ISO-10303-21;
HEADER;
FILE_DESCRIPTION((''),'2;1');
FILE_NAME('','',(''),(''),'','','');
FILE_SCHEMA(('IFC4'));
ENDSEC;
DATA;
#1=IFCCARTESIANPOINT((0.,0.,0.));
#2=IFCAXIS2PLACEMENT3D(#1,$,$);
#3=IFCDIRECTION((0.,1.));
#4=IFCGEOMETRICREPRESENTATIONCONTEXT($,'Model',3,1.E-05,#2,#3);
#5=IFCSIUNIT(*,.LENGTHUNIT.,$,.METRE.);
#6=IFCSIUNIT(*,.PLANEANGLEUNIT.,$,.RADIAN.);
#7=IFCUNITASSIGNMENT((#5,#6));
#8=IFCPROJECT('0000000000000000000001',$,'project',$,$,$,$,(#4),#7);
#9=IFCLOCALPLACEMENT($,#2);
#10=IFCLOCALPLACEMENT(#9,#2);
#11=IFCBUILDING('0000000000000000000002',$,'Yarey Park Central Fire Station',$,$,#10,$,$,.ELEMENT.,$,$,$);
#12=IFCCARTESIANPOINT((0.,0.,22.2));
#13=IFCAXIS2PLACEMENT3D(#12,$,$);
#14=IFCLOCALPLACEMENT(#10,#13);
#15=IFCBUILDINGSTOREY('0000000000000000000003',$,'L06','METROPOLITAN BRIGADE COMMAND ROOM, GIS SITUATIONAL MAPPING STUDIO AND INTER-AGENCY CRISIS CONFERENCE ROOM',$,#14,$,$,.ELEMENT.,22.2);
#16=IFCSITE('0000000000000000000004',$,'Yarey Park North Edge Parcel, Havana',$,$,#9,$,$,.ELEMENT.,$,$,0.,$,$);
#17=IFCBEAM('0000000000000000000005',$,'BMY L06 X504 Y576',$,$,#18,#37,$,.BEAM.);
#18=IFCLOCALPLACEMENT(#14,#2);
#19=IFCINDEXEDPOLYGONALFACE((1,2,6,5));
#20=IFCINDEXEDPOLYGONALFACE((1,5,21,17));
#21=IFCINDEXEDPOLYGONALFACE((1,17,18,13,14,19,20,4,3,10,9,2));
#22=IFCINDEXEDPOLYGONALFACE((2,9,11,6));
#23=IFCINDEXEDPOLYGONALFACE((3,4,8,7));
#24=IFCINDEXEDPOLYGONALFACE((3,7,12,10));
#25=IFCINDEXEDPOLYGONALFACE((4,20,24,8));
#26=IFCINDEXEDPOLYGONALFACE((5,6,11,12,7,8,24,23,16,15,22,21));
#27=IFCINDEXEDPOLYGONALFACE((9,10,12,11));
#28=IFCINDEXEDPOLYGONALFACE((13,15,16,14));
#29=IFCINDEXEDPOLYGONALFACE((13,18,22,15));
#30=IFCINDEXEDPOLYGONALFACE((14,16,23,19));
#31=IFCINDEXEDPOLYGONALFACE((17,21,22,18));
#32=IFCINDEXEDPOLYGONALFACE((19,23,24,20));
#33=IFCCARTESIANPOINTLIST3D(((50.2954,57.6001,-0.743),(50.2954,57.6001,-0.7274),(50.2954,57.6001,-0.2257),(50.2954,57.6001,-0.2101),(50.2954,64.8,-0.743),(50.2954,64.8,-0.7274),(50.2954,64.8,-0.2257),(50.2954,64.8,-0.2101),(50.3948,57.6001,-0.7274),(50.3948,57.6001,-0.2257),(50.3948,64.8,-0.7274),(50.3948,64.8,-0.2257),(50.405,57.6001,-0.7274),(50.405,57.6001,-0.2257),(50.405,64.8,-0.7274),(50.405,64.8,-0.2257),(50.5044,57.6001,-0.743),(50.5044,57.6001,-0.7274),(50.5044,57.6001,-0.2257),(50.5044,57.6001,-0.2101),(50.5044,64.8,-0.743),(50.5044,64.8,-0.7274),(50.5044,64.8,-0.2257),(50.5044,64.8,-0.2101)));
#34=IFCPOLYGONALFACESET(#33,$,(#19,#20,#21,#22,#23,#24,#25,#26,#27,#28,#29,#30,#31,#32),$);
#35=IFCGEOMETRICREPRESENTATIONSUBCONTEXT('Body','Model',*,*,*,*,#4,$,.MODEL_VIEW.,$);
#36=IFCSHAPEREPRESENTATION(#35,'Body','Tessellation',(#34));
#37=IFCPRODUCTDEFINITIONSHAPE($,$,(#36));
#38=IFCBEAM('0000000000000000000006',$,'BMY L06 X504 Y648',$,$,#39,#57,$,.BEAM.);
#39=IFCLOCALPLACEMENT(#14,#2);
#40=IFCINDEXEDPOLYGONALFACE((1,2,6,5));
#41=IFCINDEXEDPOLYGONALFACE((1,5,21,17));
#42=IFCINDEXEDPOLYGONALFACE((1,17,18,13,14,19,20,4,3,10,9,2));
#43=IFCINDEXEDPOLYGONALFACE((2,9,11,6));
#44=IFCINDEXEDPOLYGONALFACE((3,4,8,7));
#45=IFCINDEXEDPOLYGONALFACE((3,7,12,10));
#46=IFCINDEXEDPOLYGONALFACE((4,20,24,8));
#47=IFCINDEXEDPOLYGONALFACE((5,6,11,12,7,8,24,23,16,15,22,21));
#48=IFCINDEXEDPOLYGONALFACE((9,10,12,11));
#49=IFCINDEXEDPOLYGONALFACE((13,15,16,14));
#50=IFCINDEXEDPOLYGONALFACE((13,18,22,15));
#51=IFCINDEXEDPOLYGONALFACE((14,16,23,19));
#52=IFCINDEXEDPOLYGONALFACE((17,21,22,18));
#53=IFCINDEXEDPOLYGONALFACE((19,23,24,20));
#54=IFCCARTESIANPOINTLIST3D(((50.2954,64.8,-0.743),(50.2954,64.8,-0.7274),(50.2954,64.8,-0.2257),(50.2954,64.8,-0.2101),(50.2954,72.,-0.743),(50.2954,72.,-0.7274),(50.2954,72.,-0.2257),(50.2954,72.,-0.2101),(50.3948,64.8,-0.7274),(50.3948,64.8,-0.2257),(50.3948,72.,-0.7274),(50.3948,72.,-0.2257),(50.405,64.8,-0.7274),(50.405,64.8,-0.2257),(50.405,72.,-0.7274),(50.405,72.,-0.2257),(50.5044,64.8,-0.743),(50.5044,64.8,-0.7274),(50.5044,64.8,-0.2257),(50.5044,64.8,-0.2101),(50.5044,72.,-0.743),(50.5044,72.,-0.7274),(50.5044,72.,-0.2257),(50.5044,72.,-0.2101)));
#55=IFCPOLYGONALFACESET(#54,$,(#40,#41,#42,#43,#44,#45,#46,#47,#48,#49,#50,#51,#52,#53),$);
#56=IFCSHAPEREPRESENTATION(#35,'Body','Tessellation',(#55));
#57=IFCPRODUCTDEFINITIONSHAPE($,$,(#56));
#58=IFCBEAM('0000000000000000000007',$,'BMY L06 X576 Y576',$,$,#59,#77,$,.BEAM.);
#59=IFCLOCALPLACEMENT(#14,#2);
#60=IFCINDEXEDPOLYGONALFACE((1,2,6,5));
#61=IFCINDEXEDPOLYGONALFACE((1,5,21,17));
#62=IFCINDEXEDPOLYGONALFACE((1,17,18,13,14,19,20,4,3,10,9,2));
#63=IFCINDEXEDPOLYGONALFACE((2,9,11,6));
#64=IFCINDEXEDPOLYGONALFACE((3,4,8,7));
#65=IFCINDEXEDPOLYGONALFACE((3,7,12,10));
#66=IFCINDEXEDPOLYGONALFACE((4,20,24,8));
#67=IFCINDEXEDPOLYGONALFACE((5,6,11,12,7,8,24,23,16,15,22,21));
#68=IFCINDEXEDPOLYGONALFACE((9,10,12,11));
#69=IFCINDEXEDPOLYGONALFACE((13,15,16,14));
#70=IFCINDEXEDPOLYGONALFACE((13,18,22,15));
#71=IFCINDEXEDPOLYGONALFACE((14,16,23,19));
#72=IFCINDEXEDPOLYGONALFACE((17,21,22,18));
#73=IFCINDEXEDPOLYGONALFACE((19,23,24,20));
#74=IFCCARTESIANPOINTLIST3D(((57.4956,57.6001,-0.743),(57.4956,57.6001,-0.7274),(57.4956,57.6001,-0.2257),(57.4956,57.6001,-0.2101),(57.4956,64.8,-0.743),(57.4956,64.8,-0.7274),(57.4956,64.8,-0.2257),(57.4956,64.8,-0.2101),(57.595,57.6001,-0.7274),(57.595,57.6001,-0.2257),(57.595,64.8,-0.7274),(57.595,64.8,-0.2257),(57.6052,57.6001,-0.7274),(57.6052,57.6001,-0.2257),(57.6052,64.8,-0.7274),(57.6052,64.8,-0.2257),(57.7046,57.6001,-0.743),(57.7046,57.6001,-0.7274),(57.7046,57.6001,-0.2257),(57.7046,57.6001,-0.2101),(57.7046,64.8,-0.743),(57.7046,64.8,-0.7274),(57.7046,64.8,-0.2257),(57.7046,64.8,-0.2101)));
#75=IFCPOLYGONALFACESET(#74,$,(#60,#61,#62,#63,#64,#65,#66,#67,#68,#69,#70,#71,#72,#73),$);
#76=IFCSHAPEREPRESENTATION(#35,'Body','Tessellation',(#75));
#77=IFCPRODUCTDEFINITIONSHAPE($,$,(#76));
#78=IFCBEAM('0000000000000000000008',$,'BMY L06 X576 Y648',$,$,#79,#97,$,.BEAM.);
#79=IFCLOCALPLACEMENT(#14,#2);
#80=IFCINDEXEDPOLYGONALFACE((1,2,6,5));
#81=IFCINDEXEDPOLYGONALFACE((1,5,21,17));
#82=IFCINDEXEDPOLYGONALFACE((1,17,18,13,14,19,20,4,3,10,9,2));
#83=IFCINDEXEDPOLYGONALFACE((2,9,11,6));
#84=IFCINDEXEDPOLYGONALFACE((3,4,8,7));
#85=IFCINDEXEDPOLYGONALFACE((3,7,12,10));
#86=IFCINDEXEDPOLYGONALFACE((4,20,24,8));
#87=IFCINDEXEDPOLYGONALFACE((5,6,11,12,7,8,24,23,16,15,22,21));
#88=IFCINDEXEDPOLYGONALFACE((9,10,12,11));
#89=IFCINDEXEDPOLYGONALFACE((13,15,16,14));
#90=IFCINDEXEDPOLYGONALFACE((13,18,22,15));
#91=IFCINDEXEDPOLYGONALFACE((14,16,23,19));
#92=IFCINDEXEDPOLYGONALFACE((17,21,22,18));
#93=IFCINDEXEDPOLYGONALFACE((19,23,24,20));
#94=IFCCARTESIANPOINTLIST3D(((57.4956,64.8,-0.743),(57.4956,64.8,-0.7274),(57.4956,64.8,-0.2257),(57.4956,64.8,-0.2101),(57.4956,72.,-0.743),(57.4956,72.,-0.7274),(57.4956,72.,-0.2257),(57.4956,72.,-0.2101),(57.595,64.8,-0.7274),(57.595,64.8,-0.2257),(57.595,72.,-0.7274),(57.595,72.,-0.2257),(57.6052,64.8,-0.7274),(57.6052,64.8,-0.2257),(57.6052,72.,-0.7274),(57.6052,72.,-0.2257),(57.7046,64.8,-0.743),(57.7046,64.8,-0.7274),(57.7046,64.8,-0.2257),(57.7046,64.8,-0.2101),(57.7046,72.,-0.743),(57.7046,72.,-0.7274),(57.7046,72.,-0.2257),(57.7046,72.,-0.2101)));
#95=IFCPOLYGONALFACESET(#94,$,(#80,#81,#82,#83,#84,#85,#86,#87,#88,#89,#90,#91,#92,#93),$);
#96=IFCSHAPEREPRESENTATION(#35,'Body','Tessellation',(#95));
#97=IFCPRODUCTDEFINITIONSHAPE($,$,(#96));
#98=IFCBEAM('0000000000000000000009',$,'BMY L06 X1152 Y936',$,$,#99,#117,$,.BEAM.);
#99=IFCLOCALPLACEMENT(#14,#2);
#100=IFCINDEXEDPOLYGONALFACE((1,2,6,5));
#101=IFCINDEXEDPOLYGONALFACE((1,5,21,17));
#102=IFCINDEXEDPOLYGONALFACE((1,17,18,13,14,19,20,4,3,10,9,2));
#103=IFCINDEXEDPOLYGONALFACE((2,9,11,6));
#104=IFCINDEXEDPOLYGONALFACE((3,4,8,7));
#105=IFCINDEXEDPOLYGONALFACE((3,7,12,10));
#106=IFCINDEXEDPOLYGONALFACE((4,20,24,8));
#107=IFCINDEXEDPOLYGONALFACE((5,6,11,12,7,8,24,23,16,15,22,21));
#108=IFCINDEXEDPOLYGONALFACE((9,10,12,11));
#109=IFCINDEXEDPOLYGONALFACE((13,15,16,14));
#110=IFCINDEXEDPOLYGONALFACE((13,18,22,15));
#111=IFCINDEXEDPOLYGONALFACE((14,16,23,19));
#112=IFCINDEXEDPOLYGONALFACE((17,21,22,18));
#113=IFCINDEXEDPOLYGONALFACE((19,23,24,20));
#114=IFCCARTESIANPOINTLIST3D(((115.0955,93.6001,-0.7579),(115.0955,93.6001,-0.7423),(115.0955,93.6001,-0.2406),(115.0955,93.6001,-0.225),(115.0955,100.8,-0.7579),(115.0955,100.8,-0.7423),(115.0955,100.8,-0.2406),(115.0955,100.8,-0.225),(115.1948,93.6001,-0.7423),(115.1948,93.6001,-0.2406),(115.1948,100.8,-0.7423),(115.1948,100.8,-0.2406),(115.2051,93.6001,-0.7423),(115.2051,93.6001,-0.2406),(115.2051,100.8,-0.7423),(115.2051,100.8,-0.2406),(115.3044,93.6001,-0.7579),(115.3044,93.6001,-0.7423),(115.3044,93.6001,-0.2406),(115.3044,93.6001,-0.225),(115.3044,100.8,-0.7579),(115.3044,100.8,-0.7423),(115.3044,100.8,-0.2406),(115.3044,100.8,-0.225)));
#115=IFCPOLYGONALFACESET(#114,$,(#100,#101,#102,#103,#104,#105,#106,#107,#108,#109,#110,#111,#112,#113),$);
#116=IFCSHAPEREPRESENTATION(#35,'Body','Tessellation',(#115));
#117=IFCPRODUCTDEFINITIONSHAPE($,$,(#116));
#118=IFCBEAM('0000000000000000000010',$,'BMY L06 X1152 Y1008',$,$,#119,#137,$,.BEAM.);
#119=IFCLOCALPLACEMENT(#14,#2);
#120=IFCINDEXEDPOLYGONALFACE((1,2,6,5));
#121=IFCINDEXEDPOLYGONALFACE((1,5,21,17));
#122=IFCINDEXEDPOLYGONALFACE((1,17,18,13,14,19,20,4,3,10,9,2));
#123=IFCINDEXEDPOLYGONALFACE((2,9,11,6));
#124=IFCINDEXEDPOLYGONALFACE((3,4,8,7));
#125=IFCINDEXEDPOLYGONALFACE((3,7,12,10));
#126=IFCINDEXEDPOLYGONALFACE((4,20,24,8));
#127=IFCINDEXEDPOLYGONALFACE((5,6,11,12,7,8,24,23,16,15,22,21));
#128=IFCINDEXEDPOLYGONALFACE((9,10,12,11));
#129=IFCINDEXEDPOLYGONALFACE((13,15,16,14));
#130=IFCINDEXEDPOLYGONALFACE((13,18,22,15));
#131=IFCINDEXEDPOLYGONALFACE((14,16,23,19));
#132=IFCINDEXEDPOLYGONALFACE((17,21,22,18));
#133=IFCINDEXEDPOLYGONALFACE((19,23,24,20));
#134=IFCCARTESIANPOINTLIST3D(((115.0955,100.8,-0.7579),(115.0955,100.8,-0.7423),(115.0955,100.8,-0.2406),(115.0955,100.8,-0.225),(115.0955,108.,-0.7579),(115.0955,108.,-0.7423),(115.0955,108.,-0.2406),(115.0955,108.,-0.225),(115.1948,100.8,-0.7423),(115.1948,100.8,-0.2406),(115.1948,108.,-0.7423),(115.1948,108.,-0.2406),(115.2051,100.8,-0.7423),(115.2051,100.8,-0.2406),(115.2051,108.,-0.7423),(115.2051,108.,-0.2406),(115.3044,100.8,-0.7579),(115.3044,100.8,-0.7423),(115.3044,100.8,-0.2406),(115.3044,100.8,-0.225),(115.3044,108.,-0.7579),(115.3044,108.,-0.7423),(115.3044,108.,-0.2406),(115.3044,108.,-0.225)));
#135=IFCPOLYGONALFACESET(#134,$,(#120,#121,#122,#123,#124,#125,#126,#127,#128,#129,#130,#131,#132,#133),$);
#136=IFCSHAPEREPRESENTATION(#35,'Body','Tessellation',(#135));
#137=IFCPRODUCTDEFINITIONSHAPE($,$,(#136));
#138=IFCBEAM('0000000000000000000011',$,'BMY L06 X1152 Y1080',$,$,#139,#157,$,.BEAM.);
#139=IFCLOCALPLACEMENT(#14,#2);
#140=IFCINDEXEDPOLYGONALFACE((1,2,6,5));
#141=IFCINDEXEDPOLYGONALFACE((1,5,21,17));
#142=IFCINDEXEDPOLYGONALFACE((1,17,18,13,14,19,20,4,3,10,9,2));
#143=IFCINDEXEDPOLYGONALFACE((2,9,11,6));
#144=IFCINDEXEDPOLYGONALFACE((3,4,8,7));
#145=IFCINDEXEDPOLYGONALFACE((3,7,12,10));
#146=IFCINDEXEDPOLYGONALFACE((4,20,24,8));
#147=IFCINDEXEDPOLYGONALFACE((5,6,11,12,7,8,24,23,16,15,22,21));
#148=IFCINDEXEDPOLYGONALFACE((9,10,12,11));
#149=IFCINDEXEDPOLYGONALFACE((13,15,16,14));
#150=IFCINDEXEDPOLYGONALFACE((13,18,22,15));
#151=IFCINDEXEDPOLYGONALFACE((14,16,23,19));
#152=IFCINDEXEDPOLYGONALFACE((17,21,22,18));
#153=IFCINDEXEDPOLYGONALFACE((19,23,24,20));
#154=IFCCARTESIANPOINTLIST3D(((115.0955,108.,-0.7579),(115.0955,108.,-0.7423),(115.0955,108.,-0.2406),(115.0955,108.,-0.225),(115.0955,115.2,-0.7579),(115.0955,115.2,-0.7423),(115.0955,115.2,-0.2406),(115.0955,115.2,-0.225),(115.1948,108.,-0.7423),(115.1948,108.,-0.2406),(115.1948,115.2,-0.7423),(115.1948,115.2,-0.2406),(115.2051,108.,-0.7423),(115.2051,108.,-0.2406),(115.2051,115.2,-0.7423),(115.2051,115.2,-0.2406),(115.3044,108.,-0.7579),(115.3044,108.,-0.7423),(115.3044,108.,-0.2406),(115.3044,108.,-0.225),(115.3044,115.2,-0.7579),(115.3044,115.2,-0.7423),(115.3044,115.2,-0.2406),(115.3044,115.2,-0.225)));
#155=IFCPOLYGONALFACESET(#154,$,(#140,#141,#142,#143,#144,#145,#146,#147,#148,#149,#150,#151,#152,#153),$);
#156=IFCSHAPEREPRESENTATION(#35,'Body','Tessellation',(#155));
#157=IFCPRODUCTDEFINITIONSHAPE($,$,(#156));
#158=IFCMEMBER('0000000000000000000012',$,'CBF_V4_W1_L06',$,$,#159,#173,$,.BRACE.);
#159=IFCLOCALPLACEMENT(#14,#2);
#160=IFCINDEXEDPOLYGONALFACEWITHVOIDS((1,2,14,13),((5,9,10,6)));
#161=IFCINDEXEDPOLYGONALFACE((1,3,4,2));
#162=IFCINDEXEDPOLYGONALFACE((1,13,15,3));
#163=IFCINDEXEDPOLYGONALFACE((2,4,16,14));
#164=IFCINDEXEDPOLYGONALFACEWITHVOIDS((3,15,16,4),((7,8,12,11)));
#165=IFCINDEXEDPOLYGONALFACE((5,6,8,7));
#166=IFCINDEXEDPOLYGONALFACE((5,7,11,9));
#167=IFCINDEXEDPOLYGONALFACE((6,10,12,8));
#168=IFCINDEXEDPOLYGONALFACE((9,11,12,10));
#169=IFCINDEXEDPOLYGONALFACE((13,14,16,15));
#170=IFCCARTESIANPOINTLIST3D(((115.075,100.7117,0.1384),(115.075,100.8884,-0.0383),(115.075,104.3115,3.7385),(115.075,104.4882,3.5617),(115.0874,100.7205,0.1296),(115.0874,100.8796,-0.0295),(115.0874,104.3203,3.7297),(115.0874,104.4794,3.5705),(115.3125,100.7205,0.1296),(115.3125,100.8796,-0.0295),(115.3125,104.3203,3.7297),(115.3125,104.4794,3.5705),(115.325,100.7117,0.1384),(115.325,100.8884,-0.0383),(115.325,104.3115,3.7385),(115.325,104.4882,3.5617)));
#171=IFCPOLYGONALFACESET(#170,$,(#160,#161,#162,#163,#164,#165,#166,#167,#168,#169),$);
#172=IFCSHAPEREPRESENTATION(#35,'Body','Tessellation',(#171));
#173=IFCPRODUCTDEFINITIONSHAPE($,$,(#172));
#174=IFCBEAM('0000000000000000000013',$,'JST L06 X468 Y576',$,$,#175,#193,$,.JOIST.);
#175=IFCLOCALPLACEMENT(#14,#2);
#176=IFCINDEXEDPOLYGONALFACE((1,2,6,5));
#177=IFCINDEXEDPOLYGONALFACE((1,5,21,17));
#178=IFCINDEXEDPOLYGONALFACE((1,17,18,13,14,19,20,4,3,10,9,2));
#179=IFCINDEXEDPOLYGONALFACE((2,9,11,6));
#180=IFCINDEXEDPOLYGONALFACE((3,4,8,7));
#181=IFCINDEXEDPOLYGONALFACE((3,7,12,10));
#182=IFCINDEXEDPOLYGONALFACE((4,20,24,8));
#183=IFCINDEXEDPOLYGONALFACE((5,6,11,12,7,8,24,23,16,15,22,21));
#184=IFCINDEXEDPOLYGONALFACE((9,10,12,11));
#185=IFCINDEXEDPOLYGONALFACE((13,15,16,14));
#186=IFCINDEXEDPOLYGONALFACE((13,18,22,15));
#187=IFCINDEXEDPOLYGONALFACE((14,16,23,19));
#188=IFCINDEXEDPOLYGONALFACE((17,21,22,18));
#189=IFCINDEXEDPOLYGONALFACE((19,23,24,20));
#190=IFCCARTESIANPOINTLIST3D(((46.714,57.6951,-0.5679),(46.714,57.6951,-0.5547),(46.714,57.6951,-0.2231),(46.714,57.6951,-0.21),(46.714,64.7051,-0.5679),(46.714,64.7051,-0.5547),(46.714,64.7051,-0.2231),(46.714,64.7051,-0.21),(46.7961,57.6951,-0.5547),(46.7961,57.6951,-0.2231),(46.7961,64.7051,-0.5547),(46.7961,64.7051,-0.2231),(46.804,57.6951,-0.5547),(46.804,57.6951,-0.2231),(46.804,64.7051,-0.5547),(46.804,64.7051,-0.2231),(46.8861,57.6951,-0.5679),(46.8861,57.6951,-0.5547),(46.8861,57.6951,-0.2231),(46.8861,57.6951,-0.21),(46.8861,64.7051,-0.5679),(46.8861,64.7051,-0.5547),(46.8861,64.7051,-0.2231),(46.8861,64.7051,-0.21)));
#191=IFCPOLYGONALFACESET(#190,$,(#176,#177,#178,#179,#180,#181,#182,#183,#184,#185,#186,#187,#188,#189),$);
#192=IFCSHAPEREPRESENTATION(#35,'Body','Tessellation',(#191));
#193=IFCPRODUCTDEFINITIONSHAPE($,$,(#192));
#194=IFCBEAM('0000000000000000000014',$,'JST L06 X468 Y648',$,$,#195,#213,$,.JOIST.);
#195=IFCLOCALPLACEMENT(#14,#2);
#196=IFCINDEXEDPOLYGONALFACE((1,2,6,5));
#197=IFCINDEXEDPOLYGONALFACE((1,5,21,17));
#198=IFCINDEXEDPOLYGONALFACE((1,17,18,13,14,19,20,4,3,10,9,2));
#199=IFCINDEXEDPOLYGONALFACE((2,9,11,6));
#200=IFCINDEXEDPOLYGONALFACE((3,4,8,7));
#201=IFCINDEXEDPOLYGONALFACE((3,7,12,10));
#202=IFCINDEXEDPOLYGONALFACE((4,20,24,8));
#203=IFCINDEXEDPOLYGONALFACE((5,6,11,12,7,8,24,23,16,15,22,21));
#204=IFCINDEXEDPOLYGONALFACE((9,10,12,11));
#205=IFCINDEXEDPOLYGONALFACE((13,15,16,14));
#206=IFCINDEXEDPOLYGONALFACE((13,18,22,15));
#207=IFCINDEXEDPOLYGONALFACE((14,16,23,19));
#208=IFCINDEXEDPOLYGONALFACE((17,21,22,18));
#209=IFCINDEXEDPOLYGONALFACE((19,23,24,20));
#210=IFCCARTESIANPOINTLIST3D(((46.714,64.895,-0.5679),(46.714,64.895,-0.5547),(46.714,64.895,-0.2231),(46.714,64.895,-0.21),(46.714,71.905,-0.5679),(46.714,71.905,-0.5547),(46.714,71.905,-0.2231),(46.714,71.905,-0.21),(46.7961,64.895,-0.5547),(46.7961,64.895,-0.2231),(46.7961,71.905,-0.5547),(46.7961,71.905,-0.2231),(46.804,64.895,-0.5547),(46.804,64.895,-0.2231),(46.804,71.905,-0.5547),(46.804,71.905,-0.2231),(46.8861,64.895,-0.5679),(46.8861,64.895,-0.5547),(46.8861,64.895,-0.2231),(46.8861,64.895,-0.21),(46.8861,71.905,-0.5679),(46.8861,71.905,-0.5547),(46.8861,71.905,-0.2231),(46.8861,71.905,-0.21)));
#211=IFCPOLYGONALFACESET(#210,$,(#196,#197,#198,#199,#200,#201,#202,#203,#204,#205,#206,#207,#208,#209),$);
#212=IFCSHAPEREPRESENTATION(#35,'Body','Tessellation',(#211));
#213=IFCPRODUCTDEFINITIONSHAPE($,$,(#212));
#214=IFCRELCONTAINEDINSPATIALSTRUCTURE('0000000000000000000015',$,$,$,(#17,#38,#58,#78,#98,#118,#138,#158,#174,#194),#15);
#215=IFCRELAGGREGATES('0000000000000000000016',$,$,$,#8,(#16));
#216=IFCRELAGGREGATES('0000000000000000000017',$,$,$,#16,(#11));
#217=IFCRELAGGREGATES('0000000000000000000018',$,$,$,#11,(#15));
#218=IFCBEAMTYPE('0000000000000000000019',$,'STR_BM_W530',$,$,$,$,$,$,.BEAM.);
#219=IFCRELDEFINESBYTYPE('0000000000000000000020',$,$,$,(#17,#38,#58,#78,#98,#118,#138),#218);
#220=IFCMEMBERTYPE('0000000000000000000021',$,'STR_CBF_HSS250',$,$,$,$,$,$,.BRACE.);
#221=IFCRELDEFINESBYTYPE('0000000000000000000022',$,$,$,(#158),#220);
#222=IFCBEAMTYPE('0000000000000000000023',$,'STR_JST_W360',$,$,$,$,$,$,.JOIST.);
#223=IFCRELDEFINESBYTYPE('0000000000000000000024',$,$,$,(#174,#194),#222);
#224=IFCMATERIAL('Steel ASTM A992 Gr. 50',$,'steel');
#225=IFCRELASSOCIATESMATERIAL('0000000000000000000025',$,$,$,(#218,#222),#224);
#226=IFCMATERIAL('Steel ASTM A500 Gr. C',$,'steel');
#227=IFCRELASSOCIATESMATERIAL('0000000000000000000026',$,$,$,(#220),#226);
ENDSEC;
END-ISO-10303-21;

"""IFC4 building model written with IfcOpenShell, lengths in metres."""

from ifc_helpers import new_model, si_unit, direction, frame, origin, origin_2d, place, context, subcontext, project, spatial, hollow_rectangle, i_section, extrude, material, material_profile, profile_set, type_object, element, save


model = new_model("IFC4")

# Units and contexts
model_context = context("Model", 3, precision=1e-05, world=origin(), true_north=direction((0.0, 1.0)))
body_context = subcontext(model_context, "Body", "Model", "MODEL_VIEW")
ifc_project = project(units=[si_unit("LENGTHUNIT", "METRE"), si_unit("PLANEANGLEUNIT", "RADIAN")], contexts=[model_context])

# Site, building, storey
site_placement = place(None, origin())
site = spatial("IfcSite", under=ifc_project, at=site_placement, Name="Yarey Park North Edge Parcel, Havana", CompositionType="ELEMENT", RefElevation=0.0)
building_placement = place(site_placement, origin())
building = spatial("IfcBuilding", under=site, at=building_placement, Name="Yarey Park Central Fire Station", CompositionType="ELEMENT")
storey_placement = place(building_placement, frame((0.0, 0.0, 22.2)))
storey = spatial("IfcBuildingStorey", under=building, at=storey_placement, Name="L06", Description="METROPOLITAN BRIGADE COMMAND ROOM, GIS SITUATIONAL MAPPING STUDIO AND INTER-AGENCY CRISIS CONFERENCE ROOM", CompositionType="ELEMENT", Elevation=22.2)

# Beams
ifc_material_1 = material(Name="Steel ASTM A992 Gr. 50", Category="steel")
ifc_material_profile_1 = material_profile(ifc_material_1, i_section(OverallWidth=0.209, OverallDepth=0.533, WebThickness=0.0103, FlangeThickness=0.0156, at=origin_2d()), Name="W530x92")
ifc_profile_set_1 = profile_set([ifc_material_profile_1], Name="Steel ASTM A992 Gr. 50")
beam_type_1 = type_object("IfcBeamType", Name="STR_BM_W530", PredefinedType="BEAM", material=ifc_profile_set_1)
for number, where, z_axis, x_axis, name in (
    (1, (50.3999, 57.6001, -0.4766), (0.0, 1.0, 0.0), (-1.0, 0.0, 0.0), "BMY L06 X504 Y576"),
    (2, (50.3999, 64.8, -0.4766), (0.0, 1.0, 0.0), (-1.0, 0.0, 0.0), "BMY L06 X504 Y648"),
    (3, (57.6001, 57.6001, -0.4766), (0.0, 1.0, 0.0), (-1.0, 0.0, 0.0), "BMY L06 X576 Y576"),
    (4, (57.6001, 64.8, -0.4766), (0.0, 1.0, 0.0), (-1.0, 0.0, 0.0), "BMY L06 X576 Y648"),
    (5, (115.2, 93.6001, -0.4915), (0.0, 1.0, 0.0), (-1.0, 0.0, 0.0), "BMY L06 X1152 Y936"),
    (6, (115.2, 100.8, -0.4915), (0.0, 1.0, 0.0), (-1.0, 0.0, 0.0), "BMY L06 X1152 Y1008"),
    (7, (115.2, 108.0, -0.4915), (0.0, 1.0, 0.0), (-1.0, 0.0, 0.0), "BMY L06 X1152 Y1080"),
):
    element("IfcBeam", number, at=place(storey_placement, frame(where, z_axis=z_axis, x_axis=x_axis)), inside=storey, type_object=beam_type_1, Name=name, PredefinedType="BEAM", context=body_context, shape_type="SweptSolid", body=[
        extrude(i_section(OverallWidth=0.209, OverallDepth=0.533, WebThickness=0.0103, FlangeThickness=0.0156, at=origin_2d()), origin(), (0.0, 0.0, 1.0), 7.2),
    ])

# Member
ifc_material_2 = material(Name="Steel ASTM A500 Gr. C", Category="steel")
ifc_material_profile_2 = material_profile(ifc_material_2, hollow_rectangle(XDim=0.25, YDim=0.25, WallThickness=0.0125, at=origin_2d()), Name="HSS 250x250x12.5")
ifc_profile_set_2 = profile_set([ifc_material_profile_2], Name="Steel ASTM A500 Gr. C")
member_type = type_object("IfcMemberType", Name="STR_CBF_HSS250", PredefinedType="BRACE", material=ifc_profile_set_2)
member_placement = place(storey_placement, frame((115.2, 100.8, 0.05), z_axis=(0.0, 0.707083, 0.707131), x_axis=(-1.0, 0.0, 0.0)))
element("IfcMember", 8, at=member_placement, inside=storey, type_object=member_type, Name="CBF_V4_W1_L06", PredefinedType="BRACE", context=body_context, shape_type="SweptSolid", body=[
    extrude(hollow_rectangle(XDim=0.25, YDim=0.25, WallThickness=0.0125, at=origin_2d()), origin(), (0.0, 0.0, 1.0), 5.0911),
])

# Beams
ifc_material_profile_3 = material_profile(ifc_material_1, i_section(OverallWidth=0.1721, OverallDepth=0.3579, WebThickness=0.0078, FlangeThickness=0.0132, at=origin_2d()), Name="W360x57")
ifc_profile_set_3 = profile_set([ifc_material_profile_3], Name="Steel ASTM A992 Gr. 50")
beam_type_2 = type_object("IfcBeamType", Name="STR_JST_W360", PredefinedType="JOIST", material=ifc_profile_set_3)
for number, where, z_axis, x_axis, name in (
    (9, (46.8, 57.6951, -0.3889), (0.0, 1.0, 0.0), (-1.0, 0.0, 0.0), "JST L06 X468 Y576"),
    (10, (46.8, 64.895, -0.3889), (0.0, 1.0, 0.0), (-1.0, 0.0, 0.0), "JST L06 X468 Y648"),
):
    element("IfcBeam", number, at=place(storey_placement, frame(where, z_axis=z_axis, x_axis=x_axis)), inside=storey, type_object=beam_type_2, Name=name, PredefinedType="JOIST", context=body_context, shape_type="SweptSolid", body=[
        extrude(i_section(OverallWidth=0.1721, OverallDepth=0.3579, WebThickness=0.0078, FlangeThickness=0.0132, at=origin_2d()), origin(), (0.0, 0.0, 1.0), 7.01),
    ])

save(model, "model.ifc")
